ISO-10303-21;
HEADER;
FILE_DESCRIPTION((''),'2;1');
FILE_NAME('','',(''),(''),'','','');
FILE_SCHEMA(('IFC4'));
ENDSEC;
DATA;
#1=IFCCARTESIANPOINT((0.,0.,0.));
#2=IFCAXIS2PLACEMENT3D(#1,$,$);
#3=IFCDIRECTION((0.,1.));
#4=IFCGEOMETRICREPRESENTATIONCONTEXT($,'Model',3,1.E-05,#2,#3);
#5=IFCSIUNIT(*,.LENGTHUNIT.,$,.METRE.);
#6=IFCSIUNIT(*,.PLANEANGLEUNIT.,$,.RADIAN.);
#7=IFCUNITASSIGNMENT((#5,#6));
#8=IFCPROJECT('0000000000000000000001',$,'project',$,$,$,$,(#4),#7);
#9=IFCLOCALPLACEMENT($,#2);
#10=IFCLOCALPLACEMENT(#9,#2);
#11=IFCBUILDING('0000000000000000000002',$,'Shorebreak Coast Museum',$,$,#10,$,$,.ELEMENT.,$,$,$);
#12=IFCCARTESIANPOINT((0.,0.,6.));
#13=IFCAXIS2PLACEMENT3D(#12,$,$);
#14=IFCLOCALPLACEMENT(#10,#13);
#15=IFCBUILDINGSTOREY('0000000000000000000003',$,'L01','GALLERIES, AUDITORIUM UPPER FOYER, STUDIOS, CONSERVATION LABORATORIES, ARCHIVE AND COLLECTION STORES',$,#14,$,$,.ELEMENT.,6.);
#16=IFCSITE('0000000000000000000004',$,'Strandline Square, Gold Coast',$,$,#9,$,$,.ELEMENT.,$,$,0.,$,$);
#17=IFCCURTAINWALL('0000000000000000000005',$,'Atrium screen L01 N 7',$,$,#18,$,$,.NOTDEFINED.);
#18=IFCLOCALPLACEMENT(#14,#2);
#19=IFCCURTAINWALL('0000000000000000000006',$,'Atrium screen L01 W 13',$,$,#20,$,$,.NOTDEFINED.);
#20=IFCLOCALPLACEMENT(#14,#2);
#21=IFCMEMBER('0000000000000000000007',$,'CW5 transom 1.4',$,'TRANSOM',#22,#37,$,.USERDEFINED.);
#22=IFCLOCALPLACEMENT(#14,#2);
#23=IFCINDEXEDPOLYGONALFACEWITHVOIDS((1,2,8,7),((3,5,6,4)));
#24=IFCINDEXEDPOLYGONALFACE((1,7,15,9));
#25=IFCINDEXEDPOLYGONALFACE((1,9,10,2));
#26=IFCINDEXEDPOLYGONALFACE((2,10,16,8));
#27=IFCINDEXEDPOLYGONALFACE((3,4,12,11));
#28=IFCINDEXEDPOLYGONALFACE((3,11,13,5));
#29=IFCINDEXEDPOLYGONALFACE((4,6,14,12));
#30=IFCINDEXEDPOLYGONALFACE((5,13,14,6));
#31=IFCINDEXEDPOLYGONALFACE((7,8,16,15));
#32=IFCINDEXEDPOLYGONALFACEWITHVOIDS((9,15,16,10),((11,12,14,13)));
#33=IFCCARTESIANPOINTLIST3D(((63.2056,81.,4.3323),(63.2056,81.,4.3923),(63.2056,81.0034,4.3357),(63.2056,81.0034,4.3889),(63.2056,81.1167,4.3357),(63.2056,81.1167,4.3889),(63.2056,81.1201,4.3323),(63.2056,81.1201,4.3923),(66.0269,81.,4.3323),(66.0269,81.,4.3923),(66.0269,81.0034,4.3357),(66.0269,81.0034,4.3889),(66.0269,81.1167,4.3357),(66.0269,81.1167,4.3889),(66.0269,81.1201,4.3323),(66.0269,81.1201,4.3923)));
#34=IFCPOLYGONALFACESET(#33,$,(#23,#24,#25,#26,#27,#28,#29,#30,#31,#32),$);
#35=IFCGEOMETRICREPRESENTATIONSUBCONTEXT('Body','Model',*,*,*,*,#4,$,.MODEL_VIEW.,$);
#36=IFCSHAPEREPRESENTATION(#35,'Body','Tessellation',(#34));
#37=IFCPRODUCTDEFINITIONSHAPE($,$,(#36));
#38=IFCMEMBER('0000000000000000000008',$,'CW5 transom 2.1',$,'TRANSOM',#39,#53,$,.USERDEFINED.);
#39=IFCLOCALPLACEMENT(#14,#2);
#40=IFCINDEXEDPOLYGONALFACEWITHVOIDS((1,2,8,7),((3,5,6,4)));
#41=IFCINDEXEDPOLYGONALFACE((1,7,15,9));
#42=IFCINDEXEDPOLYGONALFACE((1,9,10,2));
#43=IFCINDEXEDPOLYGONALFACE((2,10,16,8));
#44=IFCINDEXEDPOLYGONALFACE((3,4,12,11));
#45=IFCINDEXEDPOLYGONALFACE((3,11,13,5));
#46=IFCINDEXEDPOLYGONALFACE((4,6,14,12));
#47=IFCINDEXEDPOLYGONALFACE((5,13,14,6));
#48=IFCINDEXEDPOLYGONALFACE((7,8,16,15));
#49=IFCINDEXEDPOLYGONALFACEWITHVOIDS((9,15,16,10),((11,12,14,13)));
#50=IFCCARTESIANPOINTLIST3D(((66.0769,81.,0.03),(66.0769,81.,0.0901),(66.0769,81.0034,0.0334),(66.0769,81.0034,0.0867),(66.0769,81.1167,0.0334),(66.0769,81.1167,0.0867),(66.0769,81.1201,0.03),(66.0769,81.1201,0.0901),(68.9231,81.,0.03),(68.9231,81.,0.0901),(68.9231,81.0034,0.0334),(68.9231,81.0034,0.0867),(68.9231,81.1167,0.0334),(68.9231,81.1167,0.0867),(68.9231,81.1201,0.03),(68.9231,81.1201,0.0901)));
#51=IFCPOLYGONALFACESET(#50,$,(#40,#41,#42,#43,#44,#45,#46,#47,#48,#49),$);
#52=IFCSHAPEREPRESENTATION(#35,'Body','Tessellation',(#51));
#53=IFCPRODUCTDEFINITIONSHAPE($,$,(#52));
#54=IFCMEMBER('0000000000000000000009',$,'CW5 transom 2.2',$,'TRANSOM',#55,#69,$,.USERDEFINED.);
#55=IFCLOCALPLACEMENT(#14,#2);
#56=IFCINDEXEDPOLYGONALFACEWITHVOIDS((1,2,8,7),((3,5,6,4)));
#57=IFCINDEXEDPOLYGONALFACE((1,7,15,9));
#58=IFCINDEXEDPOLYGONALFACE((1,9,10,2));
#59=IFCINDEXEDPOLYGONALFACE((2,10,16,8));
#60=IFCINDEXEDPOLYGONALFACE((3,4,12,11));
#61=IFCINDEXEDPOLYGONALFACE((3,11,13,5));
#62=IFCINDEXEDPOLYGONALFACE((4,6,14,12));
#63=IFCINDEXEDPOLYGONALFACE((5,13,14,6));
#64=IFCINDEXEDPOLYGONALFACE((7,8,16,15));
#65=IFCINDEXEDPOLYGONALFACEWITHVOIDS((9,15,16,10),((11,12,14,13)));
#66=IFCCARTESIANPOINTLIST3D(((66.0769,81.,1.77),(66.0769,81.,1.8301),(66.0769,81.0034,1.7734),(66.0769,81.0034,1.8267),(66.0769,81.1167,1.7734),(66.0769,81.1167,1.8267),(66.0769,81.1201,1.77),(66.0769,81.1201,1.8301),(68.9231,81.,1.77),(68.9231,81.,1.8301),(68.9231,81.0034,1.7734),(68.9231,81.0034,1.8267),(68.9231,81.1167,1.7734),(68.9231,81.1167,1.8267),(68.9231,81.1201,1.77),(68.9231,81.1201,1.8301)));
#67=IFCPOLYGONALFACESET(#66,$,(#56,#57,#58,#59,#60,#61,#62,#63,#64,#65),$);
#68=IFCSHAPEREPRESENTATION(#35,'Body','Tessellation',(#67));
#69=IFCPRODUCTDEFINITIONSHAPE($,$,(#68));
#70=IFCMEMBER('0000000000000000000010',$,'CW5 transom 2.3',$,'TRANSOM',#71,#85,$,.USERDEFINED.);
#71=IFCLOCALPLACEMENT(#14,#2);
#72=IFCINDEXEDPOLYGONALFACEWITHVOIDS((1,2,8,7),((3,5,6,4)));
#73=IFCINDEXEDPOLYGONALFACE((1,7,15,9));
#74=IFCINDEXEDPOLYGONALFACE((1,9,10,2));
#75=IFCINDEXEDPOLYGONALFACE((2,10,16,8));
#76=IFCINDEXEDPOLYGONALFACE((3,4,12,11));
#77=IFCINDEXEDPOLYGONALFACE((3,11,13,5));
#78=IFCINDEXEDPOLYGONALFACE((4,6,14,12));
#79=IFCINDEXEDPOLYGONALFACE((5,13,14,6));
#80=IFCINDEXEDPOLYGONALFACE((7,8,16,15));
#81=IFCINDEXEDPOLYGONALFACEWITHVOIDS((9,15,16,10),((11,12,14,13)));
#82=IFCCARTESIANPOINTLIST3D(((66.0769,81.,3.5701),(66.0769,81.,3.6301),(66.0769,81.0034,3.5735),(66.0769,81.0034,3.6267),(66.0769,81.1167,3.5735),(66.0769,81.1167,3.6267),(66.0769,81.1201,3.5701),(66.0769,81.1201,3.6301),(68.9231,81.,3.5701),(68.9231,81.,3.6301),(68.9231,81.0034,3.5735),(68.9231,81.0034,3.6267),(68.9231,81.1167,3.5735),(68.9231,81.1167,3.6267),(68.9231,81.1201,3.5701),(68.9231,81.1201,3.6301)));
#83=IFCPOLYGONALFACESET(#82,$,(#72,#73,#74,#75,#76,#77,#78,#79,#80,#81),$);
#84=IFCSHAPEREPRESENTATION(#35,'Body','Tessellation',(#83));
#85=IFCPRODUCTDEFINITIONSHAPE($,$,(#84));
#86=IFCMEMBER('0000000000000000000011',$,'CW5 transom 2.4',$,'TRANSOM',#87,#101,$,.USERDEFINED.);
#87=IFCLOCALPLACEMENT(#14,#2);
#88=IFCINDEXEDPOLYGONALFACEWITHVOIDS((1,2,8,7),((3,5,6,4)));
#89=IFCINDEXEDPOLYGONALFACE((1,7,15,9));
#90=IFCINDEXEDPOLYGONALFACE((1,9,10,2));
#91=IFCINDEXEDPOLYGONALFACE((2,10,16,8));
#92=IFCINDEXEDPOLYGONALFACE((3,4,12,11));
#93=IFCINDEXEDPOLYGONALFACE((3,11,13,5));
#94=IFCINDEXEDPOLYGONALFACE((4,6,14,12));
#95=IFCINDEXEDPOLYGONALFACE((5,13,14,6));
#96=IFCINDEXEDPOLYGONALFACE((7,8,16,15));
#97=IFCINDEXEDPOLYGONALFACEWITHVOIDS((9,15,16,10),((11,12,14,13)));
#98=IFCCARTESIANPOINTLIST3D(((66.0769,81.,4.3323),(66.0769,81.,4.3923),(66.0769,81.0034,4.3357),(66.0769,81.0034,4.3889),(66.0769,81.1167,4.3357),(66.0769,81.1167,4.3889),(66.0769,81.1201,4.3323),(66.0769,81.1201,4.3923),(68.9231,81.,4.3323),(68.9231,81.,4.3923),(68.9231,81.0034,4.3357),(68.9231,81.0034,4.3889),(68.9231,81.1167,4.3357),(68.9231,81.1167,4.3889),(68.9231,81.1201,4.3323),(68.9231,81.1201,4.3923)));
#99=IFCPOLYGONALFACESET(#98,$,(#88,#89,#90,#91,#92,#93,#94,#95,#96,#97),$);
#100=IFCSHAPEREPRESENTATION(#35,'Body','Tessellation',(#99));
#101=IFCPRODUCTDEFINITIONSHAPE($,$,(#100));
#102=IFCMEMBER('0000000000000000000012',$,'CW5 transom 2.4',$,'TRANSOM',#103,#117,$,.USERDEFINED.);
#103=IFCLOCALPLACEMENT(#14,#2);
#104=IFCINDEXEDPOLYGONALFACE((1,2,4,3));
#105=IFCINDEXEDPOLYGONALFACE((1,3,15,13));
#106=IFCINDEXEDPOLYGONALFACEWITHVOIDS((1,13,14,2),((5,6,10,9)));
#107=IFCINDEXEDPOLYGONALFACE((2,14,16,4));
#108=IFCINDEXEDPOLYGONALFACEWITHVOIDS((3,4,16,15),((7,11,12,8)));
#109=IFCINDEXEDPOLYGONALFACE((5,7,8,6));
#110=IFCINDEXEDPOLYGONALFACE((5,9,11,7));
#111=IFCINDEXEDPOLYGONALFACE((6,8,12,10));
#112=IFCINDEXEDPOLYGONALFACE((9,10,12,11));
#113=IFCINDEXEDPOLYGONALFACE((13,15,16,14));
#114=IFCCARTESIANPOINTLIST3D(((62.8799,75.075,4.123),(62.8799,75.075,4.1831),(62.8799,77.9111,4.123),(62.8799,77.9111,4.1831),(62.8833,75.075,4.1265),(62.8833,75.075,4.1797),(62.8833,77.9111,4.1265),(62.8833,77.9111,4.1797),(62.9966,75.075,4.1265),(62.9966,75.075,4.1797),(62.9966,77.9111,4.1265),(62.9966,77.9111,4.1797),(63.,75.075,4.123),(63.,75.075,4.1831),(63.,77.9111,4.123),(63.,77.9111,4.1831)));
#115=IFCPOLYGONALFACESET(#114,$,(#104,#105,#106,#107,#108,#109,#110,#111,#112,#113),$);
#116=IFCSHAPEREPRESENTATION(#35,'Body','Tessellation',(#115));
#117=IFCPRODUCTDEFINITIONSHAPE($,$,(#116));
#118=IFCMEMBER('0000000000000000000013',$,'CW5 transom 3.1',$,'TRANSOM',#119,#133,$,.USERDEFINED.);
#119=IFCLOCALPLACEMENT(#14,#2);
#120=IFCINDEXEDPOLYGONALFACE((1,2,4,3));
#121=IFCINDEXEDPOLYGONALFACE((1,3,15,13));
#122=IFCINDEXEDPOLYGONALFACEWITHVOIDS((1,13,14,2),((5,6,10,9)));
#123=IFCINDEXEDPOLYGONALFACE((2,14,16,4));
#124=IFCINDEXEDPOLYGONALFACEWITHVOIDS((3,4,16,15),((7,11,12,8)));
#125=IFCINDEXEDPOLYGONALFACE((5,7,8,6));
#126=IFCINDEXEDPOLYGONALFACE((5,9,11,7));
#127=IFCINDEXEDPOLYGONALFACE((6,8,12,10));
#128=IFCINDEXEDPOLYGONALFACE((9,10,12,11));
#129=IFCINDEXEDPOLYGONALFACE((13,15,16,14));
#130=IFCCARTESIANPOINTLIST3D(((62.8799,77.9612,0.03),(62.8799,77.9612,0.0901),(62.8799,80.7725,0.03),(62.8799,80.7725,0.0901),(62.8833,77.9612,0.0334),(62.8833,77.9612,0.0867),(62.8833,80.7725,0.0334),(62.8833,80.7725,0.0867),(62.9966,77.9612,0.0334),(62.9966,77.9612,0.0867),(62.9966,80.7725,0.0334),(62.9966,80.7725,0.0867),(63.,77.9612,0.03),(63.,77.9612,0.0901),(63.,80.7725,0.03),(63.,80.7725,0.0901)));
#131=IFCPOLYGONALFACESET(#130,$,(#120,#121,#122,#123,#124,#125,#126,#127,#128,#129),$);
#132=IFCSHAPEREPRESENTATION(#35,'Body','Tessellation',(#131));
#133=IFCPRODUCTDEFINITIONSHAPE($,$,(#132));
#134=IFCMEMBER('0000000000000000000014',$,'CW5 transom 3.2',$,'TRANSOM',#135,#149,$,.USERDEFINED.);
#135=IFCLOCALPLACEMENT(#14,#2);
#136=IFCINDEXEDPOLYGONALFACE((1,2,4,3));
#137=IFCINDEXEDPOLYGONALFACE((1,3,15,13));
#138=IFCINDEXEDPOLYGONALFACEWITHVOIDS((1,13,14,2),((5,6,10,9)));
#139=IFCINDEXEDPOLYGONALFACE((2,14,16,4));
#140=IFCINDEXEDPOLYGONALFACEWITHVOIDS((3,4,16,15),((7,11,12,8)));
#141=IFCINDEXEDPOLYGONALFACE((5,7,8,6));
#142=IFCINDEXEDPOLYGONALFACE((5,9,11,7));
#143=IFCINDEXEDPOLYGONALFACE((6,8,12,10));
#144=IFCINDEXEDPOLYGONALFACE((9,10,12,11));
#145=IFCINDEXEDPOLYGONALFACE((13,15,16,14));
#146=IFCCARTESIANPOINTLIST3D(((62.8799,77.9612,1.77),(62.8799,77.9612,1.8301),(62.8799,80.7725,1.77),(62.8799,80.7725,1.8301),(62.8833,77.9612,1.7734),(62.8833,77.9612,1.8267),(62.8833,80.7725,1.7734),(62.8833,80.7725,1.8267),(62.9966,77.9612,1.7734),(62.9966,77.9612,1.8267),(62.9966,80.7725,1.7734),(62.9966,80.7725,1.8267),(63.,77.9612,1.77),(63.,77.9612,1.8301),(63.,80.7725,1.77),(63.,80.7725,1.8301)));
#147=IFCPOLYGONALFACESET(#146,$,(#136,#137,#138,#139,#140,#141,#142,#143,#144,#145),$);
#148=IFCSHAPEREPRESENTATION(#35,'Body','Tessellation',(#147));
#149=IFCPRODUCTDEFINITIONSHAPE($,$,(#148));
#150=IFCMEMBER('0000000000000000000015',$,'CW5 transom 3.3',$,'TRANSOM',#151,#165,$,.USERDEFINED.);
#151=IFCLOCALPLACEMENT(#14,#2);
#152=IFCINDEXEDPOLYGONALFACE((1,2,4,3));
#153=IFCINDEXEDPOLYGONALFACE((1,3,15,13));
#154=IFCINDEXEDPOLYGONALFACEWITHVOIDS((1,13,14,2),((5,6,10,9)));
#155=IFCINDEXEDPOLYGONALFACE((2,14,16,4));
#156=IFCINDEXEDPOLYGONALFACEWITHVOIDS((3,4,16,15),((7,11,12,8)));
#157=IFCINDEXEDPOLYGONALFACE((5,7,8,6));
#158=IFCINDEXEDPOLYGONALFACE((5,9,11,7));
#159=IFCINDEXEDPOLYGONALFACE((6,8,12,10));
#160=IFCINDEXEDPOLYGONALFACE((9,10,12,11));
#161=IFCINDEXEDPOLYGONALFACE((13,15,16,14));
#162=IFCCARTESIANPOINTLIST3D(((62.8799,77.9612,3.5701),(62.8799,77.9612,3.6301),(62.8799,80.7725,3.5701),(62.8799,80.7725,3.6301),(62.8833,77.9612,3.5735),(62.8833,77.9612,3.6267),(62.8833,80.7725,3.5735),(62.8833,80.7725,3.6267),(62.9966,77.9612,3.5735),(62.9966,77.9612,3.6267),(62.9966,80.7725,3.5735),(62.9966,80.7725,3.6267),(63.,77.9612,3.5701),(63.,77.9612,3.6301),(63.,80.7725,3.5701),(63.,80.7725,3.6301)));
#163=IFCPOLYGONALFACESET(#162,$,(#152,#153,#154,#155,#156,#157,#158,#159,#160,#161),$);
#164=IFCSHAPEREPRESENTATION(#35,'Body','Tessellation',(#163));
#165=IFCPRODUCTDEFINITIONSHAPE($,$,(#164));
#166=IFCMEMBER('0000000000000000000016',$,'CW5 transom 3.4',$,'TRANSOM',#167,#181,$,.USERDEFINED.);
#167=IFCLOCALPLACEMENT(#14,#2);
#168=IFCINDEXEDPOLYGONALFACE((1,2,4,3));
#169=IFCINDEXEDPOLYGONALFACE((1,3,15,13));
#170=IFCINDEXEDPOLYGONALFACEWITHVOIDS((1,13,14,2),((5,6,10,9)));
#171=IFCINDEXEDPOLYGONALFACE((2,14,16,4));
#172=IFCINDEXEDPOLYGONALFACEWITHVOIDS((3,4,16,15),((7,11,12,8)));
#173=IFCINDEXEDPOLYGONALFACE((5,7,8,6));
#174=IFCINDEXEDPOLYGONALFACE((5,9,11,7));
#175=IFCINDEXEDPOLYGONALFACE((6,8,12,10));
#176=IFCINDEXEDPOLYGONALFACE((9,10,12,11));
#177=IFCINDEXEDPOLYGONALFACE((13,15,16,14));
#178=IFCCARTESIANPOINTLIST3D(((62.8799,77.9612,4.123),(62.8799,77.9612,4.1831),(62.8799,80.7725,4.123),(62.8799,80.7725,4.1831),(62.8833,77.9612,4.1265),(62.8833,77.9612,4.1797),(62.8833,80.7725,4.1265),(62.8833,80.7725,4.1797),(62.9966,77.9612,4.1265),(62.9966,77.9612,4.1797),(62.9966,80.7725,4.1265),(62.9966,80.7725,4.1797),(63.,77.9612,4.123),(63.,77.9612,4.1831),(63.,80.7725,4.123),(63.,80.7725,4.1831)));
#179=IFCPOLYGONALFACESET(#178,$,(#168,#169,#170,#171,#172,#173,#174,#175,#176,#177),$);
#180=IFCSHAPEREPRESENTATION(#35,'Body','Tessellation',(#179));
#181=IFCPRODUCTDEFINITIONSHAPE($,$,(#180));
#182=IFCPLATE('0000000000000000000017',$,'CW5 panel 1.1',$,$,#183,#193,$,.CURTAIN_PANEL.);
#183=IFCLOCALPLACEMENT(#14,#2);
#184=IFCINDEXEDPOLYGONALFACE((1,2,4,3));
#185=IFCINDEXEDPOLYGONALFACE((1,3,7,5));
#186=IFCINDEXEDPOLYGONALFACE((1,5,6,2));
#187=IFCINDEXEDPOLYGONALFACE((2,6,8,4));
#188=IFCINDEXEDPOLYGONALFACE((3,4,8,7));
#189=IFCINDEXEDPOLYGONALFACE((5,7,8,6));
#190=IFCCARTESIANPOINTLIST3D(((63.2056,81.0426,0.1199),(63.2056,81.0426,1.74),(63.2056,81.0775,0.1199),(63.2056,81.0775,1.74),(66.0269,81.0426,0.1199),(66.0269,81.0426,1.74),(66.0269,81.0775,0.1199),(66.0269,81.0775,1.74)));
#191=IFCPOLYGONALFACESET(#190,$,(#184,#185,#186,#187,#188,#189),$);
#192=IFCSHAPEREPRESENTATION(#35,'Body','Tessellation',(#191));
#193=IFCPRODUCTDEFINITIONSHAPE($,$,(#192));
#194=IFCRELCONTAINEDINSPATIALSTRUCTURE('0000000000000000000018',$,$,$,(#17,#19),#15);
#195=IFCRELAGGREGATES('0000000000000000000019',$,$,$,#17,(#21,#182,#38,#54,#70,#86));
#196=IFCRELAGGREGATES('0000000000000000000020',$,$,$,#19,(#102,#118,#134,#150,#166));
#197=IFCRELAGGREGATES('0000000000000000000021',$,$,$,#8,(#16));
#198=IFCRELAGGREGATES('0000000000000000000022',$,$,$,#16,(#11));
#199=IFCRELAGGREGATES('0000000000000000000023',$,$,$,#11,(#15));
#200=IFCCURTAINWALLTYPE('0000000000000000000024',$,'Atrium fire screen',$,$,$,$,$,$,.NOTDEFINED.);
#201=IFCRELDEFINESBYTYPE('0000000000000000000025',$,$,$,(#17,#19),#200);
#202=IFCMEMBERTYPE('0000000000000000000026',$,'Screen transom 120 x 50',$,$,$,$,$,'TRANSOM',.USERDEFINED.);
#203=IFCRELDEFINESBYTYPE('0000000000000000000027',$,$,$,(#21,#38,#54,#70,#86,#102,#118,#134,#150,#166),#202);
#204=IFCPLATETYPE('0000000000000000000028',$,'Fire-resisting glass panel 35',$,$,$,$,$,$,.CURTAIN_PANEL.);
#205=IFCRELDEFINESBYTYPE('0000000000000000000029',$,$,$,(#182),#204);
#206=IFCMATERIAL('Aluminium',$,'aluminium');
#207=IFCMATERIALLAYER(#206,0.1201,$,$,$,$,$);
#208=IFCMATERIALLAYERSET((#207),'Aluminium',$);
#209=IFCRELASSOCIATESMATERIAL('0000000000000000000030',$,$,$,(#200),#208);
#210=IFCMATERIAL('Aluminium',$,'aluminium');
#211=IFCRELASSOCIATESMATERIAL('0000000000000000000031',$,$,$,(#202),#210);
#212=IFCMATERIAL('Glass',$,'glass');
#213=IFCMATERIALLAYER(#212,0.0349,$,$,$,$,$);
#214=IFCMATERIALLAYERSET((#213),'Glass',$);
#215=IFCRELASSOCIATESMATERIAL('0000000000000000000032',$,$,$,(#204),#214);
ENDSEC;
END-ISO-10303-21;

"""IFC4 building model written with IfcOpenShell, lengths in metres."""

from ifc_helpers import new_model, si_unit, direction, frame, origin, origin_2d, place, context, subcontext, project, spatial, rectangle, hollow_rectangle, extrude, material, layer, layer_set, material_profile, profile_set, type_object, element, aggregate, save


model = new_model("IFC4")

# Units and contexts
model_context = context("Model", 3, precision=1e-05, world=origin(), true_north=direction((0.0, 1.0)))
body_context = subcontext(model_context, "Body", "Model", "MODEL_VIEW")
ifc_project = project(units=[si_unit("LENGTHUNIT", "METRE"), si_unit("PLANEANGLEUNIT", "RADIAN")], contexts=[model_context])

# Site, building, storey
site_placement = place(None, origin())
site = spatial("IfcSite", under=ifc_project, at=site_placement, Name="Strandline Square, Gold Coast", CompositionType="ELEMENT", RefElevation=0.0)
building_placement = place(site_placement, origin())
building = spatial("IfcBuilding", under=site, at=building_placement, Name="Shorebreak Coast Museum", CompositionType="ELEMENT")
storey_placement = place(building_placement, frame((0.0, 0.0, 6.0)))
storey = spatial("IfcBuildingStorey", under=building, at=storey_placement, Name="L01", Description="GALLERIES, AUDITORIUM UPPER FOYER, STUDIOS, CONSERVATION LABORATORIES, ARCHIVE AND COLLECTION STORES", CompositionType="ELEMENT", Elevation=6.0)

# Curtain walls
ifc_material_1 = material(Name="Aluminium", Category="aluminium")
ifc_layer_1 = layer(ifc_material_1, 0.1201)
ifc_layer_set_1 = layer_set([ifc_layer_1], Name="Aluminium")
curtain_wall_type = type_object("IfcCurtainWallType", Name="Atrium fire screen", PredefinedType="NOTDEFINED", material=ifc_layer_set_1)
curtain_wall_1_placement = place(storey_placement, origin())
curtain_wall_1 = element("IfcCurtainWall", 1, at=curtain_wall_1_placement, inside=storey, type_object=curtain_wall_type, Name="Atrium screen L01 N 7", PredefinedType="NOTDEFINED")
curtain_wall_2_placement = place(storey_placement, origin())
curtain_wall_2 = element("IfcCurtainWall", 2, at=curtain_wall_2_placement, inside=storey, type_object=curtain_wall_type, Name="Atrium screen L01 W 13", PredefinedType="NOTDEFINED")

# Members
ifc_material_2 = material(Name="Aluminium", Category="aluminium")
ifc_material_profile_1 = material_profile(ifc_material_2, hollow_rectangle(XDim=0.1201, YDim=0.0601, WallThickness=0.0034, at=origin_2d()), Name="AL 60x120 RHS")
ifc_profile_set_1 = profile_set([ifc_material_profile_1], Name="Aluminium")
member_type_1 = type_object("IfcMemberType", Name="Screen transom 120 x 50", ElementType="TRANSOM", PredefinedType="USERDEFINED", material=ifc_profile_set_1)
member_1_placement = place(storey_placement, frame((63.2056, 81.0601, 4.3623), z_axis=(1.0, 0.0, 0.0), x_axis=(0.0, 1.0, 0.0)))
member_1 = element("IfcMember", 3, at=member_1_placement, type_object=member_type_1, Name="CW5 transom 1.4", ObjectType="TRANSOM", PredefinedType="USERDEFINED", context=body_context, shape_type="SweptSolid", body=[
    extrude(hollow_rectangle(XDim=0.1201, YDim=0.0601, WallThickness=0.0034, at=origin_2d()), origin(), (0.0, 0.0, 1.0), 2.8213),
])
member_2_placement = place(storey_placement, frame((66.0769, 81.0601, 0.0601), z_axis=(1.0, 0.0, 0.0), x_axis=(0.0, 1.0, 0.0)))
member_2 = element("IfcMember", 4, at=member_2_placement, type_object=member_type_1, Name="CW5 transom 2.1", ObjectType="TRANSOM", PredefinedType="USERDEFINED", context=body_context, shape_type="SweptSolid", body=[
    extrude(hollow_rectangle(XDim=0.1201, YDim=0.0601, WallThickness=0.0034, at=origin_2d()), origin(), (0.0, 0.0, 1.0), 2.8462),
])
member_3_placement = place(storey_placement, frame((66.0769, 81.0601, 1.8), z_axis=(1.0, 0.0, 0.0), x_axis=(0.0, 1.0, 0.0)))
member_3 = element("IfcMember", 5, at=member_3_placement, type_object=member_type_1, Name="CW5 transom 2.2", ObjectType="TRANSOM", PredefinedType="USERDEFINED", context=body_context, shape_type="SweptSolid", body=[
    extrude(hollow_rectangle(XDim=0.1201, YDim=0.0601, WallThickness=0.0034, at=origin_2d()), origin(), (0.0, 0.0, 1.0), 2.8462),
])
member_4_placement = place(storey_placement, frame((66.0769, 81.0601, 3.6001), z_axis=(1.0, 0.0, 0.0), x_axis=(0.0, 1.0, 0.0)))
member_4 = element("IfcMember", 6, at=member_4_placement, type_object=member_type_1, Name="CW5 transom 2.3", ObjectType="TRANSOM", PredefinedType="USERDEFINED", context=body_context, shape_type="SweptSolid", body=[
    extrude(hollow_rectangle(XDim=0.1201, YDim=0.0601, WallThickness=0.0034, at=origin_2d()), origin(), (0.0, 0.0, 1.0), 2.8462),
])
member_5_placement = place(storey_placement, frame((66.0769, 81.0601, 4.3623), z_axis=(1.0, 0.0, 0.0), x_axis=(0.0, 1.0, 0.0)))
member_5 = element("IfcMember", 7, at=member_5_placement, type_object=member_type_1, Name="CW5 transom 2.4", ObjectType="TRANSOM", PredefinedType="USERDEFINED", context=body_context, shape_type="SweptSolid", body=[
    extrude(hollow_rectangle(XDim=0.1201, YDim=0.0601, WallThickness=0.0034, at=origin_2d()), origin(), (0.0, 0.0, 1.0), 2.8462),
])
member_6_placement = place(storey_placement, frame((62.9399, 75.075, 4.1531), z_axis=(0.0, 1.0, 0.0), x_axis=(-1.0, 0.0, 0.0)))
member_6 = element("IfcMember", 8, at=member_6_placement, type_object=member_type_1, Name="CW5 transom 2.4", ObjectType="TRANSOM", PredefinedType="USERDEFINED", context=body_context, shape_type="SweptSolid", body=[
    extrude(hollow_rectangle(XDim=0.1201, YDim=0.0601, WallThickness=0.0034, at=origin_2d()), origin(), (0.0, 0.0, 1.0), 2.8362),
])
member_7_placement = place(storey_placement, frame((62.9399, 77.9612, 0.0601), z_axis=(0.0, 1.0, 0.0), x_axis=(-1.0, 0.0, 0.0)))
member_7 = element("IfcMember", 9, at=member_7_placement, type_object=member_type_1, Name="CW5 transom 3.1", ObjectType="TRANSOM", PredefinedType="USERDEFINED", context=body_context, shape_type="SweptSolid", body=[
    extrude(hollow_rectangle(XDim=0.1201, YDim=0.0601, WallThickness=0.0034, at=origin_2d()), origin(), (0.0, 0.0, 1.0), 2.8113),
])
member_8_placement = place(storey_placement, frame((62.9399, 77.9612, 1.8), z_axis=(0.0, 1.0, 0.0), x_axis=(-1.0, 0.0, 0.0)))
member_8 = element("IfcMember", 10, at=member_8_placement, type_object=member_type_1, Name="CW5 transom 3.2", ObjectType="TRANSOM", PredefinedType="USERDEFINED", context=body_context, shape_type="SweptSolid", body=[
    extrude(hollow_rectangle(XDim=0.1201, YDim=0.0601, WallThickness=0.0034, at=origin_2d()), origin(), (0.0, 0.0, 1.0), 2.8113),
])
member_9_placement = place(storey_placement, frame((62.9399, 77.9612, 3.6001), z_axis=(0.0, 1.0, 0.0), x_axis=(-1.0, 0.0, 0.0)))
member_9 = element("IfcMember", 11, at=member_9_placement, type_object=member_type_1, Name="CW5 transom 3.3", ObjectType="TRANSOM", PredefinedType="USERDEFINED", context=body_context, shape_type="SweptSolid", body=[
    extrude(hollow_rectangle(XDim=0.1201, YDim=0.0601, WallThickness=0.0034, at=origin_2d()), origin(), (0.0, 0.0, 1.0), 2.8113),
])
member_10_placement = place(storey_placement, frame((62.9399, 77.9612, 4.1531), z_axis=(0.0, 1.0, 0.0), x_axis=(-1.0, 0.0, 0.0)))
member_10 = element("IfcMember", 12, at=member_10_placement, type_object=member_type_1, Name="CW5 transom 3.4", ObjectType="TRANSOM", PredefinedType="USERDEFINED", context=body_context, shape_type="SweptSolid", body=[
    extrude(hollow_rectangle(XDim=0.1201, YDim=0.0601, WallThickness=0.0034, at=origin_2d()), origin(), (0.0, 0.0, 1.0), 2.8113),
])

# Plate
ifc_material_3 = material(Name="Glass", Category="glass")
ifc_layer_2 = layer(ifc_material_3, 0.0349)
ifc_layer_set_2 = layer_set([ifc_layer_2], Name="Glass")
plate_type = type_object("IfcPlateType", Name="Fire-resisting glass panel 35", PredefinedType="CURTAIN_PANEL", material=ifc_layer_set_2)
plate_1_placement = place(storey_placement, frame((64.6162, 81.0601, 0.1199), z_axis=(0.0, 0.0, 1.0), x_axis=(1.0, 0.0, 0.0)))
plate_1 = element("IfcPlate", 13, at=plate_1_placement, type_object=plate_type, Name="CW5 panel 1.1", PredefinedType="CURTAIN_PANEL", context=body_context, shape_type="SweptSolid", body=[
    extrude(rectangle(XDim=2.8213, YDim=0.0349, at=origin_2d()), origin(), (0.0, 0.0, 1.0), 1.6201),
])
aggregate(curtain_wall_1, [member_1, plate_1, member_2, member_3, member_4, member_5])
aggregate(curtain_wall_2, [member_6, member_7, member_8, member_9, member_10])

save(model, "model.ifc")
